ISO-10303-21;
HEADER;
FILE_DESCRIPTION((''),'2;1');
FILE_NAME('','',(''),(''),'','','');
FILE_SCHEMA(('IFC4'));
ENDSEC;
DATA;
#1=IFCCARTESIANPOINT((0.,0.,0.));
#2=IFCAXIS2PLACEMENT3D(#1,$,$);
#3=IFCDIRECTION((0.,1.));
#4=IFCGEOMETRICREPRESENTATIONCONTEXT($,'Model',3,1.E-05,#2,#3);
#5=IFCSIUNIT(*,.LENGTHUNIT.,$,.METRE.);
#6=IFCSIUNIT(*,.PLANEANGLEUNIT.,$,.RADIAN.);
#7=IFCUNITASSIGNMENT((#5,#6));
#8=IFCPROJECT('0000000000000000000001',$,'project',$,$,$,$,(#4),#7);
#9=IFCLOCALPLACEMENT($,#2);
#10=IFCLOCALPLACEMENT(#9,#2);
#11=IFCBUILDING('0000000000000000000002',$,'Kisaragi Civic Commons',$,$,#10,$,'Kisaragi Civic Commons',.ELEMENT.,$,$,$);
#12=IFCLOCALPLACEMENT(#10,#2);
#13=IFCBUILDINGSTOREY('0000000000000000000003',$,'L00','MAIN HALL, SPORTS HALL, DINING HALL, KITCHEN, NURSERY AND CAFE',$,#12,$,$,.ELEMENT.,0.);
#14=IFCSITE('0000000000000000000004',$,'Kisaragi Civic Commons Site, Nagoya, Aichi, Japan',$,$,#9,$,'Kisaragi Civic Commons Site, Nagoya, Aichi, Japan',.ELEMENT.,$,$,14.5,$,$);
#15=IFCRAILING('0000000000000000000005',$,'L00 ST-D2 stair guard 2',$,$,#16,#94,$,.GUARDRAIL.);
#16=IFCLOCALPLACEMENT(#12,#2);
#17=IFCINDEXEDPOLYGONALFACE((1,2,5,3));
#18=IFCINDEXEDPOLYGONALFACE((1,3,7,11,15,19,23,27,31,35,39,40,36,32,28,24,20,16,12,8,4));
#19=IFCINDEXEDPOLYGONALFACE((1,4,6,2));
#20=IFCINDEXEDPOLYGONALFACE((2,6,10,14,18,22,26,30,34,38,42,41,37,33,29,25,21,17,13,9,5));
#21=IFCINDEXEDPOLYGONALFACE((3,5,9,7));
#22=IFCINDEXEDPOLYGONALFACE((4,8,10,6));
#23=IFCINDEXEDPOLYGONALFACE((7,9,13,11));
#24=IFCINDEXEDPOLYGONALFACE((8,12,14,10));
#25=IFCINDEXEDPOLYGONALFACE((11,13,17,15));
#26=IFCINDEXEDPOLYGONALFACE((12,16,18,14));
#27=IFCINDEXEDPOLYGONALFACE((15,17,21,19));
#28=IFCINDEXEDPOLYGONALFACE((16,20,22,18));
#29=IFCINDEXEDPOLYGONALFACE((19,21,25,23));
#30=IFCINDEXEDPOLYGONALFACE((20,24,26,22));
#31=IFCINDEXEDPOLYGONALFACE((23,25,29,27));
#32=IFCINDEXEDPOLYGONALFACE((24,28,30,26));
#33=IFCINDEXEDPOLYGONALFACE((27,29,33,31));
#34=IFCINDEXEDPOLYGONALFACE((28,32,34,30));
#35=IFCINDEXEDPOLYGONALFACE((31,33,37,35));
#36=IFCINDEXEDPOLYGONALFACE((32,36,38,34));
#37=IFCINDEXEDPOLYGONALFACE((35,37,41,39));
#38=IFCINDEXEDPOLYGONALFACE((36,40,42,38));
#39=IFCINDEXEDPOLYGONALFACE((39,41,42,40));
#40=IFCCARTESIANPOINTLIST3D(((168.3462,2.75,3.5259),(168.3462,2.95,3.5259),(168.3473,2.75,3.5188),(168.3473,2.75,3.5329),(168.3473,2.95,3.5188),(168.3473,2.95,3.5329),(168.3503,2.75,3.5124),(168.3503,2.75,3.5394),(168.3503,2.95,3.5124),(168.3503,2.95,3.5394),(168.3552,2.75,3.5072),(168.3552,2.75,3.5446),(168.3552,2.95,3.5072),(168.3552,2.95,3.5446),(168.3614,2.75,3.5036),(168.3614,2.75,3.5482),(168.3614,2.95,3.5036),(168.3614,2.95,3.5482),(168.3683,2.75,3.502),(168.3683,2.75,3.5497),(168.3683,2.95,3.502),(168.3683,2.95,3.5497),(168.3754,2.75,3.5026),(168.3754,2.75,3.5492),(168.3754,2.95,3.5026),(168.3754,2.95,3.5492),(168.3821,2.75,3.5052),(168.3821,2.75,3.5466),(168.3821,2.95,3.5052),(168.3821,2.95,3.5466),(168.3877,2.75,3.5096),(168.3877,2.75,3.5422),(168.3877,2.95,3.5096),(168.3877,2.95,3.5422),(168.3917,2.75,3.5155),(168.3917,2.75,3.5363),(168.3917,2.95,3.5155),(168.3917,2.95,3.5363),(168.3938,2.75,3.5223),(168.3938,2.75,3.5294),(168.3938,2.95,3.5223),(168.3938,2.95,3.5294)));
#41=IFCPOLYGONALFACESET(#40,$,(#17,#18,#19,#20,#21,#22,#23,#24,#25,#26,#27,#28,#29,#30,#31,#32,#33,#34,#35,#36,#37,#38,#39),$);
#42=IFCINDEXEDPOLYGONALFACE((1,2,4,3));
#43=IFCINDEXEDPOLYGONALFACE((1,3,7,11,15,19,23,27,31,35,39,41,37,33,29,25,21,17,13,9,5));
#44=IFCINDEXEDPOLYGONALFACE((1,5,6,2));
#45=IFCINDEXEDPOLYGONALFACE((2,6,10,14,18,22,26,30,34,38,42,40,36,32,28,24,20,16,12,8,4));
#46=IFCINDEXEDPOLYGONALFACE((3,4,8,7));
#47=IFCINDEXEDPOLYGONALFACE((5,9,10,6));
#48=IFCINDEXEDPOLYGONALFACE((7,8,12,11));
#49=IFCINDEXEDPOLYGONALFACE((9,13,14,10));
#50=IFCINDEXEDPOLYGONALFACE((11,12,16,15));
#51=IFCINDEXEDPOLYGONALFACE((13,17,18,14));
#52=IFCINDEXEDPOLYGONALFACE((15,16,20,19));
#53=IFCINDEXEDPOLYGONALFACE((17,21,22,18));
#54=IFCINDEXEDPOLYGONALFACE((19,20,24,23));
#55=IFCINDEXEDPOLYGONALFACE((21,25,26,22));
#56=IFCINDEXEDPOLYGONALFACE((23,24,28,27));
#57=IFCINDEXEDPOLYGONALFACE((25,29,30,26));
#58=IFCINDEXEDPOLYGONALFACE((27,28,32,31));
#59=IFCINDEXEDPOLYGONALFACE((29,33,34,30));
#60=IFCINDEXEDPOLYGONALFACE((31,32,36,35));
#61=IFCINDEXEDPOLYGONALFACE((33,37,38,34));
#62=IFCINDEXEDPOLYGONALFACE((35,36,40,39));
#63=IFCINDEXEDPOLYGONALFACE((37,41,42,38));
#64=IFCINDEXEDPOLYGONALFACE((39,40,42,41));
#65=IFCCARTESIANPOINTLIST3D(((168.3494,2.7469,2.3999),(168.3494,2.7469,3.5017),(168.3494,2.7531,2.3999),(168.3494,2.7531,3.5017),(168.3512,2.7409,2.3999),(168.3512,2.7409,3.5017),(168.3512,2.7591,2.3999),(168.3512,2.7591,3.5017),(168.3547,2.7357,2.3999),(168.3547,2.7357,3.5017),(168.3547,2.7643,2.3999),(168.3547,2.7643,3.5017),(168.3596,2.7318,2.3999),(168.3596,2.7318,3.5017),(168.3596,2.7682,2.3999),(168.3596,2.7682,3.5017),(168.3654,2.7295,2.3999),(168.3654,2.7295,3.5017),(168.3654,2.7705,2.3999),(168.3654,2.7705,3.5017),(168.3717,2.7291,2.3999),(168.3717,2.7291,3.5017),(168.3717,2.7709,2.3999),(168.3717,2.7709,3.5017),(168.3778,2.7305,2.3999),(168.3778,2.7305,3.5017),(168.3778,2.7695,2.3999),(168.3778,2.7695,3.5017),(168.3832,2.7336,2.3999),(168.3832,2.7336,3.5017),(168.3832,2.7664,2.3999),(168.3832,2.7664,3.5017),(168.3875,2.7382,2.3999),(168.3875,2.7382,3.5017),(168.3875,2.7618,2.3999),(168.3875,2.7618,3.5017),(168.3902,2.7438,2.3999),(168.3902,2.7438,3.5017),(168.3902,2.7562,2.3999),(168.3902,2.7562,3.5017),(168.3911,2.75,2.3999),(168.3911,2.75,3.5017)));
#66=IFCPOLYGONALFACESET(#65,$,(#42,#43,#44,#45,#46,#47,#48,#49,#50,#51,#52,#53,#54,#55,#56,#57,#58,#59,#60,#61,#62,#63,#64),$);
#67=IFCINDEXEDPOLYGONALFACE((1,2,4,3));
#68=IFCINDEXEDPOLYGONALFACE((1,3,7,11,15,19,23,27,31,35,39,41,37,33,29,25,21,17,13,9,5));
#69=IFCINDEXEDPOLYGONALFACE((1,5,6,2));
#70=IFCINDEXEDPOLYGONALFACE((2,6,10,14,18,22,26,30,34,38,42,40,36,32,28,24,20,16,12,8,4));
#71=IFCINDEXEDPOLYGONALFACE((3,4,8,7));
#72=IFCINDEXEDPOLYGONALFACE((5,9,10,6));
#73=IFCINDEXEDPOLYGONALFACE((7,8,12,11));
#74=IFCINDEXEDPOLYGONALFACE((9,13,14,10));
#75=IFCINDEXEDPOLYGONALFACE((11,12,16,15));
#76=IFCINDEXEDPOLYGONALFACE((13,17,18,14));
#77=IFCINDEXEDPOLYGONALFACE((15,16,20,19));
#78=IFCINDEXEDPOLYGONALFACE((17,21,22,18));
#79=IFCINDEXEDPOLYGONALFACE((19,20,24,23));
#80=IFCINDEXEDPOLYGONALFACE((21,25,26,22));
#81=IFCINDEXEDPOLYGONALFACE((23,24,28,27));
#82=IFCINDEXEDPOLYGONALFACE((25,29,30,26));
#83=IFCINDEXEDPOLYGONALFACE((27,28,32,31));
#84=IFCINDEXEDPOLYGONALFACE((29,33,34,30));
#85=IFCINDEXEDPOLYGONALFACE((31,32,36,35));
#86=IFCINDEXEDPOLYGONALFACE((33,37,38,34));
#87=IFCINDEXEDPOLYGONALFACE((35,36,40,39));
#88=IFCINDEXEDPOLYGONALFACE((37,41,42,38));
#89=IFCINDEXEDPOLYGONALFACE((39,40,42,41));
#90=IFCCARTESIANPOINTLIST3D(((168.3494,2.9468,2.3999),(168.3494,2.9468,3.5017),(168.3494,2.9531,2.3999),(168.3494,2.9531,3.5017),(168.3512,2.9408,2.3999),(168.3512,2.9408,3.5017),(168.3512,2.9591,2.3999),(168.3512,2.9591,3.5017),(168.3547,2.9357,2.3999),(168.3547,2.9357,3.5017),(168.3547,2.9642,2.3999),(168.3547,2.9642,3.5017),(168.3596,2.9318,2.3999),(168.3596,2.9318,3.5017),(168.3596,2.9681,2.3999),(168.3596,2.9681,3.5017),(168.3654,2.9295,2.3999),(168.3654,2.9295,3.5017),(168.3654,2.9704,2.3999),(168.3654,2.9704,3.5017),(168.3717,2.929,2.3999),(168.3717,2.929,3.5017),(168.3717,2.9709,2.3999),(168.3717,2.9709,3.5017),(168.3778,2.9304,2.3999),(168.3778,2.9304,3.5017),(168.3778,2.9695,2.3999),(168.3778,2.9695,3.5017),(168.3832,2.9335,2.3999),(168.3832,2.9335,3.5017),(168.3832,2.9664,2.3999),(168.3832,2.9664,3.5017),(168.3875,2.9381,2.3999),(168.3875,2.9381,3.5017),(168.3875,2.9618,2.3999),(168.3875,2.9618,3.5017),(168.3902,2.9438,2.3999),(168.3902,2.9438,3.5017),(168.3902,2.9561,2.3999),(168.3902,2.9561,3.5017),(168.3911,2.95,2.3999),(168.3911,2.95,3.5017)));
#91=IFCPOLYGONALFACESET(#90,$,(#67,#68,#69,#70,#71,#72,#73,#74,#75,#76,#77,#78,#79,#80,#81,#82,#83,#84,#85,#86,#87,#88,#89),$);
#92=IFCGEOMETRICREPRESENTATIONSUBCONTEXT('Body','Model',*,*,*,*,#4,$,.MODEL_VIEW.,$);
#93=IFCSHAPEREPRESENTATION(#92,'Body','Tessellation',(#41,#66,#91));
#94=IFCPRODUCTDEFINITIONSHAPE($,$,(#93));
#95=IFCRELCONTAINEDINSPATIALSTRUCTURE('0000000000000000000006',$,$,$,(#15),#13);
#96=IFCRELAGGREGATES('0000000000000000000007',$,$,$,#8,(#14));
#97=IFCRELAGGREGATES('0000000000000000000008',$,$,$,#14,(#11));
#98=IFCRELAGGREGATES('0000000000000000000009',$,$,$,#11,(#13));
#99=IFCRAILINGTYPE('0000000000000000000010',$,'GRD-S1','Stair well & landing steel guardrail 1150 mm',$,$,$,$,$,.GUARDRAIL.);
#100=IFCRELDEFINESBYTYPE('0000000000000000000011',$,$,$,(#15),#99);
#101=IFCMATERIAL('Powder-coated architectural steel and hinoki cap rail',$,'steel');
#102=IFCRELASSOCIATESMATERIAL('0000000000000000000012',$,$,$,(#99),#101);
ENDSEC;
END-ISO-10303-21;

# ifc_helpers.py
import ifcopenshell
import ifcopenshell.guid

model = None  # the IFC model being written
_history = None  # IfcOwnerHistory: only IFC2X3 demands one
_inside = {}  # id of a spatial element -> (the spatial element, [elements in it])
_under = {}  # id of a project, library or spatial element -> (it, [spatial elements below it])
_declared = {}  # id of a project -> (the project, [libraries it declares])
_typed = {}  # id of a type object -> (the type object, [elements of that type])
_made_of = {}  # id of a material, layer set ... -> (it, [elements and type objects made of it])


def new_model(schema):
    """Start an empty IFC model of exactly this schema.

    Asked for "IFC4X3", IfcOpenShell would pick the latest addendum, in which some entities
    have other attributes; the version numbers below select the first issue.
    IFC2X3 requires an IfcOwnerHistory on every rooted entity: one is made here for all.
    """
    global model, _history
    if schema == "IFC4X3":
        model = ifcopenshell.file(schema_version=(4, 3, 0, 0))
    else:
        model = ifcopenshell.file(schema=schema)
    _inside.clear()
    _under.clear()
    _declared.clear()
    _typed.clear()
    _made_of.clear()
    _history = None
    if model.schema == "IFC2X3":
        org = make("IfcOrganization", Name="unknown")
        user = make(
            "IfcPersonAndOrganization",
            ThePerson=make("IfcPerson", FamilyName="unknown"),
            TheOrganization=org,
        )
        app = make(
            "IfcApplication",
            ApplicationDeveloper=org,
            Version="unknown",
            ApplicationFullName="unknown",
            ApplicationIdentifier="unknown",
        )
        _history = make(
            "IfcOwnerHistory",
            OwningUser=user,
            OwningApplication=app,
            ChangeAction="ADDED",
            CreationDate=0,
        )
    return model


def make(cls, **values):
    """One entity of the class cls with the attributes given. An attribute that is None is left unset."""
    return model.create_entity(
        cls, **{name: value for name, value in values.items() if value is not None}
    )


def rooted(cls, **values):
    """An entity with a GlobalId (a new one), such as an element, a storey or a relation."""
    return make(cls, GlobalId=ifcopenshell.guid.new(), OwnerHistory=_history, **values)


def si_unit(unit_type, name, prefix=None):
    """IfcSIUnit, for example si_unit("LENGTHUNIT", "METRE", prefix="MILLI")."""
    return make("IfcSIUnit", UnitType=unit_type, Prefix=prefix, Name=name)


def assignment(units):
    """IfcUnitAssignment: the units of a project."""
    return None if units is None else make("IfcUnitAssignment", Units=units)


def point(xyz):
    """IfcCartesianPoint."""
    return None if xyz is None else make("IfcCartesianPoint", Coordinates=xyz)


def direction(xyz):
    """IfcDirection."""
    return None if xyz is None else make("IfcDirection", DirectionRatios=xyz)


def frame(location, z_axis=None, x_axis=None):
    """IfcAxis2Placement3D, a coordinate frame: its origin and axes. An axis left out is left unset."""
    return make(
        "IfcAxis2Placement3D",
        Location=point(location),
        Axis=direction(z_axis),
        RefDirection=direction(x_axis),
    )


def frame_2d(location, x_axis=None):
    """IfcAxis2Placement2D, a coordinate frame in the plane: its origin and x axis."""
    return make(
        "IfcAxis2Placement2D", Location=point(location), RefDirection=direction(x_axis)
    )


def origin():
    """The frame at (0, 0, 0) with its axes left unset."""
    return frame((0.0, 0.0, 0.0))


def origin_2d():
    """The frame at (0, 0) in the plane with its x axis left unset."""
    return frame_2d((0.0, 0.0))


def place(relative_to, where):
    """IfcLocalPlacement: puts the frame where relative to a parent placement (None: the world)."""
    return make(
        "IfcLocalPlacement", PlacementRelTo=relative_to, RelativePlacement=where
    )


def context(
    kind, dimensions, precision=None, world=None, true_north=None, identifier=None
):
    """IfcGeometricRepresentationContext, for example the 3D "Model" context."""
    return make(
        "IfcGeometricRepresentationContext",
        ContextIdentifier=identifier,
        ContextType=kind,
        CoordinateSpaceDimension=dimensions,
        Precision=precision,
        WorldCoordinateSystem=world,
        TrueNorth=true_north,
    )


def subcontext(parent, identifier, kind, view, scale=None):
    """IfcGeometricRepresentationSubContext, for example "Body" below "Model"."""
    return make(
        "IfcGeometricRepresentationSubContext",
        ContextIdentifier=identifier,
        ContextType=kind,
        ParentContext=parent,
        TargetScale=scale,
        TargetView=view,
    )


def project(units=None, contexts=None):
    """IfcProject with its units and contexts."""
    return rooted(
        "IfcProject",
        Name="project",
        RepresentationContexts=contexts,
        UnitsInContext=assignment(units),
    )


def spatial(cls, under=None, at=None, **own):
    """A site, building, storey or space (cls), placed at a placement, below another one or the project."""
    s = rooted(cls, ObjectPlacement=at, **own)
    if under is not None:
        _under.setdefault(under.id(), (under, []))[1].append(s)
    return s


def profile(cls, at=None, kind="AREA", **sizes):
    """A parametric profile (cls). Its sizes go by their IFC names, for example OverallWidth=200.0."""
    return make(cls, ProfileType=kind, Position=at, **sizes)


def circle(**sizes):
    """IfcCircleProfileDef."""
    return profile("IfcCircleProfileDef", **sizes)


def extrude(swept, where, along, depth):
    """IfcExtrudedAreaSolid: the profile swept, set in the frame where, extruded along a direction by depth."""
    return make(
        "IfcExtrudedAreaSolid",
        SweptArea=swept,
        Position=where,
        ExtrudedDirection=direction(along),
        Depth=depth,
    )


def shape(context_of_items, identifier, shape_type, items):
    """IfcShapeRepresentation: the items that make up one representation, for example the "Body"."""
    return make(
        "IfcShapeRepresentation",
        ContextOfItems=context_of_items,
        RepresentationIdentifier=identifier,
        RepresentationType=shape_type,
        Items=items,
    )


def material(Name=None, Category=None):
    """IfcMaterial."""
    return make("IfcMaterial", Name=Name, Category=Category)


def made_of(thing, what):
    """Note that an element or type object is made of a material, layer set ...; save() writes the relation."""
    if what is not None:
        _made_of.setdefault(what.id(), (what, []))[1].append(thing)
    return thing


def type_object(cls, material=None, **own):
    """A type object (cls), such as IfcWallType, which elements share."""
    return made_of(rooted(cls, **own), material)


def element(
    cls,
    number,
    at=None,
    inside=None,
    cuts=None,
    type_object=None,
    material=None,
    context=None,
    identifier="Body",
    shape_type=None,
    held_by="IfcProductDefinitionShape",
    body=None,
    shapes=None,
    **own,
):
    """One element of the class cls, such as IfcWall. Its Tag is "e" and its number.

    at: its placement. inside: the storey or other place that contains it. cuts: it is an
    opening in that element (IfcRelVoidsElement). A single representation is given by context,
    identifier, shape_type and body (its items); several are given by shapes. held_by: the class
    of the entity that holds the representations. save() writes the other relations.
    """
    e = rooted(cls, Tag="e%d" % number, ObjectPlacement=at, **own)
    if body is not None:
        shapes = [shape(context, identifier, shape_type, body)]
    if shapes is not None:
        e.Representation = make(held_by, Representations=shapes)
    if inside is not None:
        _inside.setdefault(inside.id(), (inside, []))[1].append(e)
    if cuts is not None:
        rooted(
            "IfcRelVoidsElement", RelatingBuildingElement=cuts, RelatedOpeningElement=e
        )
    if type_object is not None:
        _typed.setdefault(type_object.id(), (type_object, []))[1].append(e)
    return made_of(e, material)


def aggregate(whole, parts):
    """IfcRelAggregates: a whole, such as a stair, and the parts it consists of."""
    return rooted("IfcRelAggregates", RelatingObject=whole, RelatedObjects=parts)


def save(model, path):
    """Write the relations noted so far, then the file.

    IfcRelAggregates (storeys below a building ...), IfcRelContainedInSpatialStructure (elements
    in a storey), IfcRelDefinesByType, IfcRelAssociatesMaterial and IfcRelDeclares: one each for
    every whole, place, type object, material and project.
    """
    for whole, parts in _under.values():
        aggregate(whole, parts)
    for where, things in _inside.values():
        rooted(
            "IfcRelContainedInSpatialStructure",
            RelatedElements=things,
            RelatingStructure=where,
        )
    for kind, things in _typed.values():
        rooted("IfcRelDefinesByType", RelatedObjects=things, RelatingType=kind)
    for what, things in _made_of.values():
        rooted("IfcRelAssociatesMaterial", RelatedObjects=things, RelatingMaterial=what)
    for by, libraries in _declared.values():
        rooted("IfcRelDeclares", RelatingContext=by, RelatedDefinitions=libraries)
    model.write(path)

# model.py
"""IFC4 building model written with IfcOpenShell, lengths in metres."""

from ifc_helpers import new_model, si_unit, direction, frame, origin, origin_2d, place, context, subcontext, project, spatial, circle, extrude, material, type_object, element, save


model = new_model("IFC4")

# Units and contexts
model_context = context("Model", 3, precision=1e-05, world=origin(), true_north=direction((0.0, 1.0)))
body_context = subcontext(model_context, "Body", "Model", "MODEL_VIEW")
ifc_project = project(units=[si_unit("LENGTHUNIT", "METRE"), si_unit("PLANEANGLEUNIT", "RADIAN")], contexts=[model_context])

# Site, building, storey
site_placement = place(None, origin())
site = spatial("IfcSite", under=ifc_project, at=site_placement, Name="Kisaragi Civic Commons Site, Nagoya, Aichi, Japan", LongName="Kisaragi Civic Commons Site, Nagoya, Aichi, Japan", CompositionType="ELEMENT", RefElevation=14.5)
building_placement = place(site_placement, origin())
building = spatial("IfcBuilding", under=site, at=building_placement, Name="Kisaragi Civic Commons", LongName="Kisaragi Civic Commons", CompositionType="ELEMENT")
storey_placement = place(building_placement, origin())
storey = spatial("IfcBuildingStorey", under=building, at=storey_placement, Name="L00", Description="MAIN HALL, SPORTS HALL, DINING HALL, KITCHEN, NURSERY AND CAFE", CompositionType="ELEMENT", Elevation=0.0)

# Railing
ifc_material_1 = material(Name="Powder-coated architectural steel and hinoki cap rail", Category="steel")
railing_type_1 = type_object("IfcRailingType", Name="GRD-S1", Description="Stair well & landing steel guardrail 1150 mm", PredefinedType="GUARDRAIL", material=ifc_material_1)
railing_1_placement = place(storey_placement, frame((168.3701, 2.75, 2.3999)))
element("IfcRailing", 1, at=railing_1_placement, inside=storey, type_object=railing_type_1, Name="L00 ST-D2 stair guard 2", PredefinedType="GUARDRAIL", context=body_context, shape_type="SweptSolid", body=[
    extrude(circle(Radius=0.0239, at=origin_2d()), frame((0.0, 0.0, 1.126), z_axis=(0.0, 1.0, 0.0), x_axis=(-1.0, 0.0, 0.0)), (0.0, 0.0, 1.0), 0.2),
    extrude(circle(Radius=0.021, at=origin_2d()), origin(), (0.0, 0.0, 1.0), 1.1018),
    extrude(circle(Radius=0.021, at=origin_2d()), frame((0.0, 0.2, 0.0)), (0.0, 0.0, 1.0), 1.1018),
])

save(model, "model.ifc")
